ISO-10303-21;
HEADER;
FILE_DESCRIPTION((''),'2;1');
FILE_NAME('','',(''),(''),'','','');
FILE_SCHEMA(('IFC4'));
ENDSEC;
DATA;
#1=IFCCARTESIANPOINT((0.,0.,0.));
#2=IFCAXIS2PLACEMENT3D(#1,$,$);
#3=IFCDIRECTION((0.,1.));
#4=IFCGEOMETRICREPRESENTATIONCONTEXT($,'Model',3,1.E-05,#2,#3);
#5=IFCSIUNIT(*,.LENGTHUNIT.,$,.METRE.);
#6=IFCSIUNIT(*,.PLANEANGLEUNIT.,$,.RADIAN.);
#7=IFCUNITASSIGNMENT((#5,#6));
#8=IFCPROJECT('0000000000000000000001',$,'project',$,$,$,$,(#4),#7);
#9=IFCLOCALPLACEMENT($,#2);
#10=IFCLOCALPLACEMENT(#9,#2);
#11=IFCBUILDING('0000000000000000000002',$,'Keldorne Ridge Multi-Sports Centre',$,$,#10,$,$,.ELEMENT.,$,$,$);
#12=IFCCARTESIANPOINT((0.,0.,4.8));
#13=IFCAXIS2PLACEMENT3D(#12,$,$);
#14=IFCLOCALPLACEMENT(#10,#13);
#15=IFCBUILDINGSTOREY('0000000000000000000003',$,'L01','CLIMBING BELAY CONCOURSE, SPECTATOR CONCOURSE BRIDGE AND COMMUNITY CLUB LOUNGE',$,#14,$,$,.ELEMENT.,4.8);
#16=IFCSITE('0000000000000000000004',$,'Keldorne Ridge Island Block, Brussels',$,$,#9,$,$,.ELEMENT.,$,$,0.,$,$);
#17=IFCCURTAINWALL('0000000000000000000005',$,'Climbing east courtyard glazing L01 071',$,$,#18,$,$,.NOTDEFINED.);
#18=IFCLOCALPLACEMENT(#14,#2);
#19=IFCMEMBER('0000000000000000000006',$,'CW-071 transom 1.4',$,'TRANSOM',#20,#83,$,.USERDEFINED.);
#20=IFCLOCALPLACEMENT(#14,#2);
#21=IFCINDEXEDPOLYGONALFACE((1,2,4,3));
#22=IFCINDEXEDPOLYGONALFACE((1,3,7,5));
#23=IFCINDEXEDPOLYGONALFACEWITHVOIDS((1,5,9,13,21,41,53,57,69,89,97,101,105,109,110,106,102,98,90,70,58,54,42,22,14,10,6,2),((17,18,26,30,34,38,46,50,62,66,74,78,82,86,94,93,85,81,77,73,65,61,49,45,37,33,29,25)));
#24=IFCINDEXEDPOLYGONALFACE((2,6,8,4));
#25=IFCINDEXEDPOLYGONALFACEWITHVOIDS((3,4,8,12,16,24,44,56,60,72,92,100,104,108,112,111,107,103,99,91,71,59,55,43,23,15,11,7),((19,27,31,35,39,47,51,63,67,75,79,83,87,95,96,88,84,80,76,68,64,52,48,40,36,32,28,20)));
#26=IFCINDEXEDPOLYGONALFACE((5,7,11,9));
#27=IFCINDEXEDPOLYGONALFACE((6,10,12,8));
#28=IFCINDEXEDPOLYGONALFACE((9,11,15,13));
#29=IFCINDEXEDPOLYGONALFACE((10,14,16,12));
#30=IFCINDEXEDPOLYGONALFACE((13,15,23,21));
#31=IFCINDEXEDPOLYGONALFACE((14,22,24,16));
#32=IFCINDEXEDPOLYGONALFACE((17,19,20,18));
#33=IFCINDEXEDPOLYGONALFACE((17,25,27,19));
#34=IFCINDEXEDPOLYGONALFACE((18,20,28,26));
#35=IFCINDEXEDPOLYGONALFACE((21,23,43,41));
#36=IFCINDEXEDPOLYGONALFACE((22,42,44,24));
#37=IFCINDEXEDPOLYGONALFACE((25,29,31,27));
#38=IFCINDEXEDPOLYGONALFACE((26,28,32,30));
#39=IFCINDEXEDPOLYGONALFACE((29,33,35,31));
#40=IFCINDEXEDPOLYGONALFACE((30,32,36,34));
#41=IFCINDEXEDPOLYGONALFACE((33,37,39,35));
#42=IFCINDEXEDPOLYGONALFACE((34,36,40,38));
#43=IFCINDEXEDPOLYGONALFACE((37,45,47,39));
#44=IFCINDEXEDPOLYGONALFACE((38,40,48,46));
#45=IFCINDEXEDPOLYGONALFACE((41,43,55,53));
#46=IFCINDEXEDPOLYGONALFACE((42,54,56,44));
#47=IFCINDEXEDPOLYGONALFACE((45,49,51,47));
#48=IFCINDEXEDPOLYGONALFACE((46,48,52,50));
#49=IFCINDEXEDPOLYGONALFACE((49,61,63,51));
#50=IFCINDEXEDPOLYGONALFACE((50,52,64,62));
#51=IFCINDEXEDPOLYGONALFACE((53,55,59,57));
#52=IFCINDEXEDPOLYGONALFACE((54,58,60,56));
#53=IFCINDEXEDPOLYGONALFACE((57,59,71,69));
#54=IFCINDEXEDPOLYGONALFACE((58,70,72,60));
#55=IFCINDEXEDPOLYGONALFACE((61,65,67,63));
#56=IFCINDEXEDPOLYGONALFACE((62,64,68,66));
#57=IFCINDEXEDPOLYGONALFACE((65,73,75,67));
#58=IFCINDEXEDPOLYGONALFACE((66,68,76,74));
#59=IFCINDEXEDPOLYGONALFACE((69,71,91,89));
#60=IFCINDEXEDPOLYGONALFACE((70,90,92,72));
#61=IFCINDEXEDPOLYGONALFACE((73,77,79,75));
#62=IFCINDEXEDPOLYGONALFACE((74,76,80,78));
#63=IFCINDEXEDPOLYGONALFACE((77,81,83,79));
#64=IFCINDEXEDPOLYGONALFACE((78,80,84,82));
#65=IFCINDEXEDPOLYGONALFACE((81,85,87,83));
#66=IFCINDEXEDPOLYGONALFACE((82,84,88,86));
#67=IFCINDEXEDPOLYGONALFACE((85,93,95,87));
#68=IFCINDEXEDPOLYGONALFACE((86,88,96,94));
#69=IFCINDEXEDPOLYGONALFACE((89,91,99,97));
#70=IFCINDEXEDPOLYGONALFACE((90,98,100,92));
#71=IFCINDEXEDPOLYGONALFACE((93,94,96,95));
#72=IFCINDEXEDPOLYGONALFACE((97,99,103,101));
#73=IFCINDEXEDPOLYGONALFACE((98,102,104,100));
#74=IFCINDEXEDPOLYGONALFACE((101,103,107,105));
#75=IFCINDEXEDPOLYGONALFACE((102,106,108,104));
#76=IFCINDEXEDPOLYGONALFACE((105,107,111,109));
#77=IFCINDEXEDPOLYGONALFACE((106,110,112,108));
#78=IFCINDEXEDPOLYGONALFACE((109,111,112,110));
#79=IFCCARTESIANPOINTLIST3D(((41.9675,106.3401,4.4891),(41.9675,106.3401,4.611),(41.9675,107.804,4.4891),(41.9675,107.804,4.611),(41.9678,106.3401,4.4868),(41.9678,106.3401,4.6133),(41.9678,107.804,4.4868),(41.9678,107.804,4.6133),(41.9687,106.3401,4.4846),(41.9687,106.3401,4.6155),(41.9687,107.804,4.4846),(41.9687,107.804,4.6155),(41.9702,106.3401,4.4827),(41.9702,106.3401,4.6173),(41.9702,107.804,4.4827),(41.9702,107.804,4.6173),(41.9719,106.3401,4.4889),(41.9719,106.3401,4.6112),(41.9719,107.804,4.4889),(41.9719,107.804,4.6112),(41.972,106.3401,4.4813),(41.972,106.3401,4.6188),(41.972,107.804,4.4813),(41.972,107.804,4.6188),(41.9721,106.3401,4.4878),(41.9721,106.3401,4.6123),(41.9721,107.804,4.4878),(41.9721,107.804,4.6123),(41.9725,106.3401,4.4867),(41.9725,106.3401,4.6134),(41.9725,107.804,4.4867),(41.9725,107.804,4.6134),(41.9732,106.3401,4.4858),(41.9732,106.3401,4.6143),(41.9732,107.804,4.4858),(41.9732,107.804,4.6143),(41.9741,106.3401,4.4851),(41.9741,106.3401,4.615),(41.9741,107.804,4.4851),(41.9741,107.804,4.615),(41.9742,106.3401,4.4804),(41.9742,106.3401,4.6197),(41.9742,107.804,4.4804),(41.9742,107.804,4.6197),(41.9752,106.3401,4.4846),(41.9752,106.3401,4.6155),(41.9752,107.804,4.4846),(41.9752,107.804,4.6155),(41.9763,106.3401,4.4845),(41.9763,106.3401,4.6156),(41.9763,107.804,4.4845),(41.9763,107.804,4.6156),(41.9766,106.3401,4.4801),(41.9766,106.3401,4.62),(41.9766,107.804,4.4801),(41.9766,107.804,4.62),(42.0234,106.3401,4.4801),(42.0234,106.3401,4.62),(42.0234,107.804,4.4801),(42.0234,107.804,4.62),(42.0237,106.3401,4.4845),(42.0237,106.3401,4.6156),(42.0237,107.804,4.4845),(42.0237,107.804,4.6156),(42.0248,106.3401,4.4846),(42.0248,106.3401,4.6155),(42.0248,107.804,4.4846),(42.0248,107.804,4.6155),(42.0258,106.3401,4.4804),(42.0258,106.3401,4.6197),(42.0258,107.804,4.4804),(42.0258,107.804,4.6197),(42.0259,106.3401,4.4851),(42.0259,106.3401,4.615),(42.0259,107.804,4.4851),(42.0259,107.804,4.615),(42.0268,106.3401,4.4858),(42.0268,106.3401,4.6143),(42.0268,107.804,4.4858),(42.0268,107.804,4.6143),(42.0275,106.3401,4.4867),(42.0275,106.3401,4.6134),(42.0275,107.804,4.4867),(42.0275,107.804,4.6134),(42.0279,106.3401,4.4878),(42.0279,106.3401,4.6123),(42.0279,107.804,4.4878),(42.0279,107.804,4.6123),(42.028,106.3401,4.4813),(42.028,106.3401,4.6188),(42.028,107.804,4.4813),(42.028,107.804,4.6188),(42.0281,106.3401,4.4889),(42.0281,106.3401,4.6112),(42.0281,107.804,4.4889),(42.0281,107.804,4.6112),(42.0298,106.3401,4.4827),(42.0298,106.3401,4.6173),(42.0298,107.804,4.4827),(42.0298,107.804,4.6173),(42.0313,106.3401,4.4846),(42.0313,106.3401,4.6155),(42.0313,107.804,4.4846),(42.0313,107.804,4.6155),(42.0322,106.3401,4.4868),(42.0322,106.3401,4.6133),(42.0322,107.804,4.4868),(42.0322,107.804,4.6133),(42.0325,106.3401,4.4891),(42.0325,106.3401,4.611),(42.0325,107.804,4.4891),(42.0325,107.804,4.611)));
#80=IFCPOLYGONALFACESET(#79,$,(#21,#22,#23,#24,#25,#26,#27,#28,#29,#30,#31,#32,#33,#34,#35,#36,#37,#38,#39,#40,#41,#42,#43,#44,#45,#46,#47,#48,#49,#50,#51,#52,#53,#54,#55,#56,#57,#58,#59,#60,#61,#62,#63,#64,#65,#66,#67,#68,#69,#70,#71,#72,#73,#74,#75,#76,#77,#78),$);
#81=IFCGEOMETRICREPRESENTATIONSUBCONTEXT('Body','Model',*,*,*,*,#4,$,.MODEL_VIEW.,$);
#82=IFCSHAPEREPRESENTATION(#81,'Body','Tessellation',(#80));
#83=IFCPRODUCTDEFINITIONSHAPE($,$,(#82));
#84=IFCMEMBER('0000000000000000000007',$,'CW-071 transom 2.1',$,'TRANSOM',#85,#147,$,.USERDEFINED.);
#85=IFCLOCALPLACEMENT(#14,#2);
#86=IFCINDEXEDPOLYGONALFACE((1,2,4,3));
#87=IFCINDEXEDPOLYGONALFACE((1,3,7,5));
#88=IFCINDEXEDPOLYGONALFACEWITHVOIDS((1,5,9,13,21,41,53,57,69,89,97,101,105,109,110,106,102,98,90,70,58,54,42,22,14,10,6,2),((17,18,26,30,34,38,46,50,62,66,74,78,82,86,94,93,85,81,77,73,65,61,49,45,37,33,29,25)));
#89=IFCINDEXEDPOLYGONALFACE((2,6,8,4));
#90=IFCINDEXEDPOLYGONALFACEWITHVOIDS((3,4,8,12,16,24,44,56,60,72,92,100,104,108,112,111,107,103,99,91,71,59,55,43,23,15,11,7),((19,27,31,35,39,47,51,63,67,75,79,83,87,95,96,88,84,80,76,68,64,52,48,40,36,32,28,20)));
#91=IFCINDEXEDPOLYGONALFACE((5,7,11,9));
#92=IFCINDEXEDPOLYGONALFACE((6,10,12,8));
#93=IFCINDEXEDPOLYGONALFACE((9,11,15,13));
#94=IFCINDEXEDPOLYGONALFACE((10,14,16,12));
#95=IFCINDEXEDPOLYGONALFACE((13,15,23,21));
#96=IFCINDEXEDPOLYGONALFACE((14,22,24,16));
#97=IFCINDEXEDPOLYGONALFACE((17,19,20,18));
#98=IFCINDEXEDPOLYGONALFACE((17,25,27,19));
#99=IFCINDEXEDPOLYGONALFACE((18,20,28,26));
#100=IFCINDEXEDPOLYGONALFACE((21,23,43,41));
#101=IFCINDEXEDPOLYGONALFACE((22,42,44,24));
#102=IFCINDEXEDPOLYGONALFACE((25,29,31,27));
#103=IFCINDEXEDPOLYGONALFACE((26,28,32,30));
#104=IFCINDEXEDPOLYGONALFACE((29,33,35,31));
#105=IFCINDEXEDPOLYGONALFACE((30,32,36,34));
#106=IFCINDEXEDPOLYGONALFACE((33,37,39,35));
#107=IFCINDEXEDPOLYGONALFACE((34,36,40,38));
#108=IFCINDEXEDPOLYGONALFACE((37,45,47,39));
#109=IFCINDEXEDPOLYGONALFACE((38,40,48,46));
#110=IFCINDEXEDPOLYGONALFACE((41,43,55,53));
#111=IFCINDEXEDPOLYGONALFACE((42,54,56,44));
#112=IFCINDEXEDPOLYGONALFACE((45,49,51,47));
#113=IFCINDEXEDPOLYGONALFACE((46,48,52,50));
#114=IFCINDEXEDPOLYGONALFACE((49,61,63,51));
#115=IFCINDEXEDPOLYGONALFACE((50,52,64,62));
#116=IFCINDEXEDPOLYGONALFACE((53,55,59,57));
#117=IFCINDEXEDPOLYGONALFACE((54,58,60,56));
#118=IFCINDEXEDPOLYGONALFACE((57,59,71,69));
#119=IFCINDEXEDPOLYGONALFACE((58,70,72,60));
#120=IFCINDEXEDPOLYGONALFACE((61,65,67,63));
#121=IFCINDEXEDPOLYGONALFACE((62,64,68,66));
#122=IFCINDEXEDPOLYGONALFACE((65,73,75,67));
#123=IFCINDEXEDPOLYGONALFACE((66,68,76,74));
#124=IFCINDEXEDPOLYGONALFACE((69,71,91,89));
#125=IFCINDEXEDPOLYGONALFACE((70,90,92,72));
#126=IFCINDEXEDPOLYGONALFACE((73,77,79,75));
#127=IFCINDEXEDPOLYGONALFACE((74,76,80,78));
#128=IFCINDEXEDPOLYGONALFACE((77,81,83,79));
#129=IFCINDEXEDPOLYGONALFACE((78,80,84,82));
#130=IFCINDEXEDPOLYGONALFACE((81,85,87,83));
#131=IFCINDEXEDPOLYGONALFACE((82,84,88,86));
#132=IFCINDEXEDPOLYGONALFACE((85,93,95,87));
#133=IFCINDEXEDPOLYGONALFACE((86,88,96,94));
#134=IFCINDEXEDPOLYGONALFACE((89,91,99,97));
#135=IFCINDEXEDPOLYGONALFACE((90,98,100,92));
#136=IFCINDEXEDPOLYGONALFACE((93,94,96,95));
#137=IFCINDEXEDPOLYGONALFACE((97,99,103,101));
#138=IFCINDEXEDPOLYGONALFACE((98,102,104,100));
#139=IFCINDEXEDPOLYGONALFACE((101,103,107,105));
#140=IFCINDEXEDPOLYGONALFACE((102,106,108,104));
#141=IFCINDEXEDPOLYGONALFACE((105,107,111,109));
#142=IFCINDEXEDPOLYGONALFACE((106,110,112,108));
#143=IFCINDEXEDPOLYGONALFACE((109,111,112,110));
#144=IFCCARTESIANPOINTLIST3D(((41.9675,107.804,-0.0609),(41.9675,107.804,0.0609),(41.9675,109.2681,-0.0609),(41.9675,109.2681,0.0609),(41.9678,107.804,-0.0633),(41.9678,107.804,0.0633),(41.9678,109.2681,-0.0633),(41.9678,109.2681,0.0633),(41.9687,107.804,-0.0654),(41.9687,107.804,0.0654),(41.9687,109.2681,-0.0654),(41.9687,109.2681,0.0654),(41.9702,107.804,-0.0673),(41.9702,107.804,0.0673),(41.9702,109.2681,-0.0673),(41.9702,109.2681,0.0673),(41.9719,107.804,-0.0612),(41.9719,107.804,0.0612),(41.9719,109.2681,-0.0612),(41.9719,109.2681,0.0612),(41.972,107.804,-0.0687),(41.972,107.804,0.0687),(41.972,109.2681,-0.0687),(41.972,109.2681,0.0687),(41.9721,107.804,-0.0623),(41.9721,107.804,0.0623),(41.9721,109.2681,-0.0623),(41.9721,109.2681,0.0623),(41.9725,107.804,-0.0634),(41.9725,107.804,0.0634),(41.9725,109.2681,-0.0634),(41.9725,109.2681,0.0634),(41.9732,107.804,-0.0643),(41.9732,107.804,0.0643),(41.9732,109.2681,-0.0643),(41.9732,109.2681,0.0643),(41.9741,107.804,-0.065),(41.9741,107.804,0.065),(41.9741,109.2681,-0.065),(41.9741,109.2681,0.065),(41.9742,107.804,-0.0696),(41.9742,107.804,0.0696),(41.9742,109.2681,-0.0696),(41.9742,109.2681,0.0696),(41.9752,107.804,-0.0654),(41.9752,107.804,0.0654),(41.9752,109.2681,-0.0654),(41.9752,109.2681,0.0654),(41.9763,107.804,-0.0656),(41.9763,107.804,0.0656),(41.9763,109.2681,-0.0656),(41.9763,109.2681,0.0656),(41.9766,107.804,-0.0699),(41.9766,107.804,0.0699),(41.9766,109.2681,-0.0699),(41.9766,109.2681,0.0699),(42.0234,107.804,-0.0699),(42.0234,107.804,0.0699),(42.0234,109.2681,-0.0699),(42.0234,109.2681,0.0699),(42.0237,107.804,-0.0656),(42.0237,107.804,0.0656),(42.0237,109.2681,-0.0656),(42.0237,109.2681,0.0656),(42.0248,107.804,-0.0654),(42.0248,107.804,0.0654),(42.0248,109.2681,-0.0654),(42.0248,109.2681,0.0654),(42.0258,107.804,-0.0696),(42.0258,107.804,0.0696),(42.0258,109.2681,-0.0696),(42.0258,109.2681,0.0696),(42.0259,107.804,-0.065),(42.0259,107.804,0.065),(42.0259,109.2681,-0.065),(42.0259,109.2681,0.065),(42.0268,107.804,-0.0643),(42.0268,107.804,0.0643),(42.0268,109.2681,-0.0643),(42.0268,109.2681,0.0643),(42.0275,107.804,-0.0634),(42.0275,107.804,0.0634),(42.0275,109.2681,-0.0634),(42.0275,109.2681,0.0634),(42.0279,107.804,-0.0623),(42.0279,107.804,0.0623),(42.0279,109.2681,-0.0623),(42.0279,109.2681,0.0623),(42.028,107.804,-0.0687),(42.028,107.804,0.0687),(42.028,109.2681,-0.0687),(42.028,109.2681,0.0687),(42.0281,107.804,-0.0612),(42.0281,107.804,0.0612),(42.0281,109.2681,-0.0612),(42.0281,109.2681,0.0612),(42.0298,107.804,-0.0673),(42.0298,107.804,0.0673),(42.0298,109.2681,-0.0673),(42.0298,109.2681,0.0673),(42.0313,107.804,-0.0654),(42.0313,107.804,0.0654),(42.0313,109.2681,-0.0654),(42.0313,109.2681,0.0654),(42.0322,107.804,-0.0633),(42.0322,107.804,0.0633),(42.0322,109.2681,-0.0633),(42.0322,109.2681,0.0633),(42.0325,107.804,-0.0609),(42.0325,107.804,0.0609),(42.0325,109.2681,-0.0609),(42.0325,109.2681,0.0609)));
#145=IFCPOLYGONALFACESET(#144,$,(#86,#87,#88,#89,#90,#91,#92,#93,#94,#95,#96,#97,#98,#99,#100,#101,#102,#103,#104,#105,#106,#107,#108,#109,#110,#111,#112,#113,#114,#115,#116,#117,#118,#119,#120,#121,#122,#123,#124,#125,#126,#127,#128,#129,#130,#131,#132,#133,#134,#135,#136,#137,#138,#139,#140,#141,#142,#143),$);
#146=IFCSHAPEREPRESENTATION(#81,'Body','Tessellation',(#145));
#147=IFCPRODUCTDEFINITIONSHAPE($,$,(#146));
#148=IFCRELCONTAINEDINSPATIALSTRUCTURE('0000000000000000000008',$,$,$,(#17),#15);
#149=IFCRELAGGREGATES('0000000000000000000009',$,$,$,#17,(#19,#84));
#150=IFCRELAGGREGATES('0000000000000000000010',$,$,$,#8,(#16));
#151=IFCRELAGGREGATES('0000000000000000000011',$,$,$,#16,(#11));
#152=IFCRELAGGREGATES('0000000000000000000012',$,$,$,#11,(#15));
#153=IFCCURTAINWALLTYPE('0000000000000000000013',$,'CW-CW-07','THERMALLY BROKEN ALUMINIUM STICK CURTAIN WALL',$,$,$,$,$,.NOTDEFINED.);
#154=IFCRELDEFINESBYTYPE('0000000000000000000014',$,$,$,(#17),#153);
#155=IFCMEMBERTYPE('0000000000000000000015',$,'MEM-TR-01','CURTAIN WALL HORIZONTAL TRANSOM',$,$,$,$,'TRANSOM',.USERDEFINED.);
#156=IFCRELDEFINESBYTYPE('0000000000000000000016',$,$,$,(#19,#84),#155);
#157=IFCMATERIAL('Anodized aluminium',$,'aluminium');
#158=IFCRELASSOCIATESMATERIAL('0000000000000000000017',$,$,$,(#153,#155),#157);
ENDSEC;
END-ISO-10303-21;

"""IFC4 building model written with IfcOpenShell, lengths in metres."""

from ifc_helpers import new_model, si_unit, direction, frame, origin, origin_2d, place, context, subcontext, project, spatial, hollow_rectangle, extrude, material, material_profile, profile_set, type_object, element, aggregate, save


model = new_model("IFC4")

# Units and contexts
model_context = context("Model", 3, precision=1e-05, world=origin(), true_north=direction((0.0, 1.0)))
body_context = subcontext(model_context, "Body", "Model", "MODEL_VIEW")
ifc_project = project(units=[si_unit("LENGTHUNIT", "METRE"), si_unit("PLANEANGLEUNIT", "RADIAN")], contexts=[model_context])

# Site, building, storey
site_placement = place(None, origin())
site = spatial("IfcSite", under=ifc_project, at=site_placement, Name="Keldorne Ridge Island Block, Brussels", CompositionType="ELEMENT", RefElevation=0.0)
building_placement = place(site_placement, origin())
building = spatial("IfcBuilding", under=site, at=building_placement, Name="Keldorne Ridge Multi-Sports Centre", CompositionType="ELEMENT")
storey_placement = place(building_placement, frame((0.0, 0.0, 4.8)))
storey = spatial("IfcBuildingStorey", under=building, at=storey_placement, Name="L01", Description="CLIMBING BELAY CONCOURSE, SPECTATOR CONCOURSE BRIDGE AND COMMUNITY CLUB LOUNGE", CompositionType="ELEMENT", Elevation=4.8)

# Curtain wall
ifc_material_1 = material(Name="Anodized aluminium", Category="aluminium")
curtain_wall_type_1 = type_object("IfcCurtainWallType", Name="CW-CW-07", Description="THERMALLY BROKEN ALUMINIUM STICK CURTAIN WALL", PredefinedType="NOTDEFINED", material=ifc_material_1)
curtain_wall_1_placement = place(storey_placement, origin())
curtain_wall_1 = element("IfcCurtainWall", 1, at=curtain_wall_1_placement, inside=storey, type_object=curtain_wall_type_1, Name="Climbing east courtyard glazing L01 071", PredefinedType="NOTDEFINED")

# Members
ifc_material_profile_1 = material_profile(ifc_material_1, hollow_rectangle(XDim=0.0649, YDim=0.1399, WallThickness=0.0044, InnerFilletRadius=0.0044, OuterFilletRadius=0.009, at=origin_2d()), Name="ALU TRANSOM 140x65x4.5")
ifc_profile_set_1 = profile_set([ifc_material_profile_1], Name="Anodized aluminium")
member_type_1 = type_object("IfcMemberType", Name="MEM-TR-01", Description="CURTAIN WALL HORIZONTAL TRANSOM", ElementType="TRANSOM", PredefinedType="USERDEFINED", material=ifc_profile_set_1)
member_1_placement = place(storey_placement, frame((42.0, 106.3401, 4.55), z_axis=(0.0, 1.0, 0.0), x_axis=(-1.0, 0.0, 0.0)))
member_1 = element("IfcMember", 2, at=member_1_placement, type_object=member_type_1, Name="CW-071 transom 1.4", ObjectType="TRANSOM", PredefinedType="USERDEFINED", context=body_context, shape_type="SweptSolid", body=[
    extrude(hollow_rectangle(XDim=0.0649, YDim=0.1399, WallThickness=0.0044, InnerFilletRadius=0.0044, OuterFilletRadius=0.009, at=origin_2d()), origin(), (0.0, 0.0, 1.0), 1.4639),
])
member_2_placement = place(storey_placement, frame((42.0, 107.804, 0.0), z_axis=(0.0, 1.0, 0.0), x_axis=(-1.0, 0.0, 0.0)))
member_2 = element("IfcMember", 3, at=member_2_placement, type_object=member_type_1, Name="CW-071 transom 2.1", ObjectType="TRANSOM", PredefinedType="USERDEFINED", context=body_context, shape_type="SweptSolid", body=[
    extrude(hollow_rectangle(XDim=0.0649, YDim=0.1399, WallThickness=0.0044, InnerFilletRadius=0.0044, OuterFilletRadius=0.009, at=origin_2d()), origin(), (0.0, 0.0, 1.0), 1.4641),
])

aggregate(curtain_wall_1, [member_1, member_2])

save(model, "model.ifc")
